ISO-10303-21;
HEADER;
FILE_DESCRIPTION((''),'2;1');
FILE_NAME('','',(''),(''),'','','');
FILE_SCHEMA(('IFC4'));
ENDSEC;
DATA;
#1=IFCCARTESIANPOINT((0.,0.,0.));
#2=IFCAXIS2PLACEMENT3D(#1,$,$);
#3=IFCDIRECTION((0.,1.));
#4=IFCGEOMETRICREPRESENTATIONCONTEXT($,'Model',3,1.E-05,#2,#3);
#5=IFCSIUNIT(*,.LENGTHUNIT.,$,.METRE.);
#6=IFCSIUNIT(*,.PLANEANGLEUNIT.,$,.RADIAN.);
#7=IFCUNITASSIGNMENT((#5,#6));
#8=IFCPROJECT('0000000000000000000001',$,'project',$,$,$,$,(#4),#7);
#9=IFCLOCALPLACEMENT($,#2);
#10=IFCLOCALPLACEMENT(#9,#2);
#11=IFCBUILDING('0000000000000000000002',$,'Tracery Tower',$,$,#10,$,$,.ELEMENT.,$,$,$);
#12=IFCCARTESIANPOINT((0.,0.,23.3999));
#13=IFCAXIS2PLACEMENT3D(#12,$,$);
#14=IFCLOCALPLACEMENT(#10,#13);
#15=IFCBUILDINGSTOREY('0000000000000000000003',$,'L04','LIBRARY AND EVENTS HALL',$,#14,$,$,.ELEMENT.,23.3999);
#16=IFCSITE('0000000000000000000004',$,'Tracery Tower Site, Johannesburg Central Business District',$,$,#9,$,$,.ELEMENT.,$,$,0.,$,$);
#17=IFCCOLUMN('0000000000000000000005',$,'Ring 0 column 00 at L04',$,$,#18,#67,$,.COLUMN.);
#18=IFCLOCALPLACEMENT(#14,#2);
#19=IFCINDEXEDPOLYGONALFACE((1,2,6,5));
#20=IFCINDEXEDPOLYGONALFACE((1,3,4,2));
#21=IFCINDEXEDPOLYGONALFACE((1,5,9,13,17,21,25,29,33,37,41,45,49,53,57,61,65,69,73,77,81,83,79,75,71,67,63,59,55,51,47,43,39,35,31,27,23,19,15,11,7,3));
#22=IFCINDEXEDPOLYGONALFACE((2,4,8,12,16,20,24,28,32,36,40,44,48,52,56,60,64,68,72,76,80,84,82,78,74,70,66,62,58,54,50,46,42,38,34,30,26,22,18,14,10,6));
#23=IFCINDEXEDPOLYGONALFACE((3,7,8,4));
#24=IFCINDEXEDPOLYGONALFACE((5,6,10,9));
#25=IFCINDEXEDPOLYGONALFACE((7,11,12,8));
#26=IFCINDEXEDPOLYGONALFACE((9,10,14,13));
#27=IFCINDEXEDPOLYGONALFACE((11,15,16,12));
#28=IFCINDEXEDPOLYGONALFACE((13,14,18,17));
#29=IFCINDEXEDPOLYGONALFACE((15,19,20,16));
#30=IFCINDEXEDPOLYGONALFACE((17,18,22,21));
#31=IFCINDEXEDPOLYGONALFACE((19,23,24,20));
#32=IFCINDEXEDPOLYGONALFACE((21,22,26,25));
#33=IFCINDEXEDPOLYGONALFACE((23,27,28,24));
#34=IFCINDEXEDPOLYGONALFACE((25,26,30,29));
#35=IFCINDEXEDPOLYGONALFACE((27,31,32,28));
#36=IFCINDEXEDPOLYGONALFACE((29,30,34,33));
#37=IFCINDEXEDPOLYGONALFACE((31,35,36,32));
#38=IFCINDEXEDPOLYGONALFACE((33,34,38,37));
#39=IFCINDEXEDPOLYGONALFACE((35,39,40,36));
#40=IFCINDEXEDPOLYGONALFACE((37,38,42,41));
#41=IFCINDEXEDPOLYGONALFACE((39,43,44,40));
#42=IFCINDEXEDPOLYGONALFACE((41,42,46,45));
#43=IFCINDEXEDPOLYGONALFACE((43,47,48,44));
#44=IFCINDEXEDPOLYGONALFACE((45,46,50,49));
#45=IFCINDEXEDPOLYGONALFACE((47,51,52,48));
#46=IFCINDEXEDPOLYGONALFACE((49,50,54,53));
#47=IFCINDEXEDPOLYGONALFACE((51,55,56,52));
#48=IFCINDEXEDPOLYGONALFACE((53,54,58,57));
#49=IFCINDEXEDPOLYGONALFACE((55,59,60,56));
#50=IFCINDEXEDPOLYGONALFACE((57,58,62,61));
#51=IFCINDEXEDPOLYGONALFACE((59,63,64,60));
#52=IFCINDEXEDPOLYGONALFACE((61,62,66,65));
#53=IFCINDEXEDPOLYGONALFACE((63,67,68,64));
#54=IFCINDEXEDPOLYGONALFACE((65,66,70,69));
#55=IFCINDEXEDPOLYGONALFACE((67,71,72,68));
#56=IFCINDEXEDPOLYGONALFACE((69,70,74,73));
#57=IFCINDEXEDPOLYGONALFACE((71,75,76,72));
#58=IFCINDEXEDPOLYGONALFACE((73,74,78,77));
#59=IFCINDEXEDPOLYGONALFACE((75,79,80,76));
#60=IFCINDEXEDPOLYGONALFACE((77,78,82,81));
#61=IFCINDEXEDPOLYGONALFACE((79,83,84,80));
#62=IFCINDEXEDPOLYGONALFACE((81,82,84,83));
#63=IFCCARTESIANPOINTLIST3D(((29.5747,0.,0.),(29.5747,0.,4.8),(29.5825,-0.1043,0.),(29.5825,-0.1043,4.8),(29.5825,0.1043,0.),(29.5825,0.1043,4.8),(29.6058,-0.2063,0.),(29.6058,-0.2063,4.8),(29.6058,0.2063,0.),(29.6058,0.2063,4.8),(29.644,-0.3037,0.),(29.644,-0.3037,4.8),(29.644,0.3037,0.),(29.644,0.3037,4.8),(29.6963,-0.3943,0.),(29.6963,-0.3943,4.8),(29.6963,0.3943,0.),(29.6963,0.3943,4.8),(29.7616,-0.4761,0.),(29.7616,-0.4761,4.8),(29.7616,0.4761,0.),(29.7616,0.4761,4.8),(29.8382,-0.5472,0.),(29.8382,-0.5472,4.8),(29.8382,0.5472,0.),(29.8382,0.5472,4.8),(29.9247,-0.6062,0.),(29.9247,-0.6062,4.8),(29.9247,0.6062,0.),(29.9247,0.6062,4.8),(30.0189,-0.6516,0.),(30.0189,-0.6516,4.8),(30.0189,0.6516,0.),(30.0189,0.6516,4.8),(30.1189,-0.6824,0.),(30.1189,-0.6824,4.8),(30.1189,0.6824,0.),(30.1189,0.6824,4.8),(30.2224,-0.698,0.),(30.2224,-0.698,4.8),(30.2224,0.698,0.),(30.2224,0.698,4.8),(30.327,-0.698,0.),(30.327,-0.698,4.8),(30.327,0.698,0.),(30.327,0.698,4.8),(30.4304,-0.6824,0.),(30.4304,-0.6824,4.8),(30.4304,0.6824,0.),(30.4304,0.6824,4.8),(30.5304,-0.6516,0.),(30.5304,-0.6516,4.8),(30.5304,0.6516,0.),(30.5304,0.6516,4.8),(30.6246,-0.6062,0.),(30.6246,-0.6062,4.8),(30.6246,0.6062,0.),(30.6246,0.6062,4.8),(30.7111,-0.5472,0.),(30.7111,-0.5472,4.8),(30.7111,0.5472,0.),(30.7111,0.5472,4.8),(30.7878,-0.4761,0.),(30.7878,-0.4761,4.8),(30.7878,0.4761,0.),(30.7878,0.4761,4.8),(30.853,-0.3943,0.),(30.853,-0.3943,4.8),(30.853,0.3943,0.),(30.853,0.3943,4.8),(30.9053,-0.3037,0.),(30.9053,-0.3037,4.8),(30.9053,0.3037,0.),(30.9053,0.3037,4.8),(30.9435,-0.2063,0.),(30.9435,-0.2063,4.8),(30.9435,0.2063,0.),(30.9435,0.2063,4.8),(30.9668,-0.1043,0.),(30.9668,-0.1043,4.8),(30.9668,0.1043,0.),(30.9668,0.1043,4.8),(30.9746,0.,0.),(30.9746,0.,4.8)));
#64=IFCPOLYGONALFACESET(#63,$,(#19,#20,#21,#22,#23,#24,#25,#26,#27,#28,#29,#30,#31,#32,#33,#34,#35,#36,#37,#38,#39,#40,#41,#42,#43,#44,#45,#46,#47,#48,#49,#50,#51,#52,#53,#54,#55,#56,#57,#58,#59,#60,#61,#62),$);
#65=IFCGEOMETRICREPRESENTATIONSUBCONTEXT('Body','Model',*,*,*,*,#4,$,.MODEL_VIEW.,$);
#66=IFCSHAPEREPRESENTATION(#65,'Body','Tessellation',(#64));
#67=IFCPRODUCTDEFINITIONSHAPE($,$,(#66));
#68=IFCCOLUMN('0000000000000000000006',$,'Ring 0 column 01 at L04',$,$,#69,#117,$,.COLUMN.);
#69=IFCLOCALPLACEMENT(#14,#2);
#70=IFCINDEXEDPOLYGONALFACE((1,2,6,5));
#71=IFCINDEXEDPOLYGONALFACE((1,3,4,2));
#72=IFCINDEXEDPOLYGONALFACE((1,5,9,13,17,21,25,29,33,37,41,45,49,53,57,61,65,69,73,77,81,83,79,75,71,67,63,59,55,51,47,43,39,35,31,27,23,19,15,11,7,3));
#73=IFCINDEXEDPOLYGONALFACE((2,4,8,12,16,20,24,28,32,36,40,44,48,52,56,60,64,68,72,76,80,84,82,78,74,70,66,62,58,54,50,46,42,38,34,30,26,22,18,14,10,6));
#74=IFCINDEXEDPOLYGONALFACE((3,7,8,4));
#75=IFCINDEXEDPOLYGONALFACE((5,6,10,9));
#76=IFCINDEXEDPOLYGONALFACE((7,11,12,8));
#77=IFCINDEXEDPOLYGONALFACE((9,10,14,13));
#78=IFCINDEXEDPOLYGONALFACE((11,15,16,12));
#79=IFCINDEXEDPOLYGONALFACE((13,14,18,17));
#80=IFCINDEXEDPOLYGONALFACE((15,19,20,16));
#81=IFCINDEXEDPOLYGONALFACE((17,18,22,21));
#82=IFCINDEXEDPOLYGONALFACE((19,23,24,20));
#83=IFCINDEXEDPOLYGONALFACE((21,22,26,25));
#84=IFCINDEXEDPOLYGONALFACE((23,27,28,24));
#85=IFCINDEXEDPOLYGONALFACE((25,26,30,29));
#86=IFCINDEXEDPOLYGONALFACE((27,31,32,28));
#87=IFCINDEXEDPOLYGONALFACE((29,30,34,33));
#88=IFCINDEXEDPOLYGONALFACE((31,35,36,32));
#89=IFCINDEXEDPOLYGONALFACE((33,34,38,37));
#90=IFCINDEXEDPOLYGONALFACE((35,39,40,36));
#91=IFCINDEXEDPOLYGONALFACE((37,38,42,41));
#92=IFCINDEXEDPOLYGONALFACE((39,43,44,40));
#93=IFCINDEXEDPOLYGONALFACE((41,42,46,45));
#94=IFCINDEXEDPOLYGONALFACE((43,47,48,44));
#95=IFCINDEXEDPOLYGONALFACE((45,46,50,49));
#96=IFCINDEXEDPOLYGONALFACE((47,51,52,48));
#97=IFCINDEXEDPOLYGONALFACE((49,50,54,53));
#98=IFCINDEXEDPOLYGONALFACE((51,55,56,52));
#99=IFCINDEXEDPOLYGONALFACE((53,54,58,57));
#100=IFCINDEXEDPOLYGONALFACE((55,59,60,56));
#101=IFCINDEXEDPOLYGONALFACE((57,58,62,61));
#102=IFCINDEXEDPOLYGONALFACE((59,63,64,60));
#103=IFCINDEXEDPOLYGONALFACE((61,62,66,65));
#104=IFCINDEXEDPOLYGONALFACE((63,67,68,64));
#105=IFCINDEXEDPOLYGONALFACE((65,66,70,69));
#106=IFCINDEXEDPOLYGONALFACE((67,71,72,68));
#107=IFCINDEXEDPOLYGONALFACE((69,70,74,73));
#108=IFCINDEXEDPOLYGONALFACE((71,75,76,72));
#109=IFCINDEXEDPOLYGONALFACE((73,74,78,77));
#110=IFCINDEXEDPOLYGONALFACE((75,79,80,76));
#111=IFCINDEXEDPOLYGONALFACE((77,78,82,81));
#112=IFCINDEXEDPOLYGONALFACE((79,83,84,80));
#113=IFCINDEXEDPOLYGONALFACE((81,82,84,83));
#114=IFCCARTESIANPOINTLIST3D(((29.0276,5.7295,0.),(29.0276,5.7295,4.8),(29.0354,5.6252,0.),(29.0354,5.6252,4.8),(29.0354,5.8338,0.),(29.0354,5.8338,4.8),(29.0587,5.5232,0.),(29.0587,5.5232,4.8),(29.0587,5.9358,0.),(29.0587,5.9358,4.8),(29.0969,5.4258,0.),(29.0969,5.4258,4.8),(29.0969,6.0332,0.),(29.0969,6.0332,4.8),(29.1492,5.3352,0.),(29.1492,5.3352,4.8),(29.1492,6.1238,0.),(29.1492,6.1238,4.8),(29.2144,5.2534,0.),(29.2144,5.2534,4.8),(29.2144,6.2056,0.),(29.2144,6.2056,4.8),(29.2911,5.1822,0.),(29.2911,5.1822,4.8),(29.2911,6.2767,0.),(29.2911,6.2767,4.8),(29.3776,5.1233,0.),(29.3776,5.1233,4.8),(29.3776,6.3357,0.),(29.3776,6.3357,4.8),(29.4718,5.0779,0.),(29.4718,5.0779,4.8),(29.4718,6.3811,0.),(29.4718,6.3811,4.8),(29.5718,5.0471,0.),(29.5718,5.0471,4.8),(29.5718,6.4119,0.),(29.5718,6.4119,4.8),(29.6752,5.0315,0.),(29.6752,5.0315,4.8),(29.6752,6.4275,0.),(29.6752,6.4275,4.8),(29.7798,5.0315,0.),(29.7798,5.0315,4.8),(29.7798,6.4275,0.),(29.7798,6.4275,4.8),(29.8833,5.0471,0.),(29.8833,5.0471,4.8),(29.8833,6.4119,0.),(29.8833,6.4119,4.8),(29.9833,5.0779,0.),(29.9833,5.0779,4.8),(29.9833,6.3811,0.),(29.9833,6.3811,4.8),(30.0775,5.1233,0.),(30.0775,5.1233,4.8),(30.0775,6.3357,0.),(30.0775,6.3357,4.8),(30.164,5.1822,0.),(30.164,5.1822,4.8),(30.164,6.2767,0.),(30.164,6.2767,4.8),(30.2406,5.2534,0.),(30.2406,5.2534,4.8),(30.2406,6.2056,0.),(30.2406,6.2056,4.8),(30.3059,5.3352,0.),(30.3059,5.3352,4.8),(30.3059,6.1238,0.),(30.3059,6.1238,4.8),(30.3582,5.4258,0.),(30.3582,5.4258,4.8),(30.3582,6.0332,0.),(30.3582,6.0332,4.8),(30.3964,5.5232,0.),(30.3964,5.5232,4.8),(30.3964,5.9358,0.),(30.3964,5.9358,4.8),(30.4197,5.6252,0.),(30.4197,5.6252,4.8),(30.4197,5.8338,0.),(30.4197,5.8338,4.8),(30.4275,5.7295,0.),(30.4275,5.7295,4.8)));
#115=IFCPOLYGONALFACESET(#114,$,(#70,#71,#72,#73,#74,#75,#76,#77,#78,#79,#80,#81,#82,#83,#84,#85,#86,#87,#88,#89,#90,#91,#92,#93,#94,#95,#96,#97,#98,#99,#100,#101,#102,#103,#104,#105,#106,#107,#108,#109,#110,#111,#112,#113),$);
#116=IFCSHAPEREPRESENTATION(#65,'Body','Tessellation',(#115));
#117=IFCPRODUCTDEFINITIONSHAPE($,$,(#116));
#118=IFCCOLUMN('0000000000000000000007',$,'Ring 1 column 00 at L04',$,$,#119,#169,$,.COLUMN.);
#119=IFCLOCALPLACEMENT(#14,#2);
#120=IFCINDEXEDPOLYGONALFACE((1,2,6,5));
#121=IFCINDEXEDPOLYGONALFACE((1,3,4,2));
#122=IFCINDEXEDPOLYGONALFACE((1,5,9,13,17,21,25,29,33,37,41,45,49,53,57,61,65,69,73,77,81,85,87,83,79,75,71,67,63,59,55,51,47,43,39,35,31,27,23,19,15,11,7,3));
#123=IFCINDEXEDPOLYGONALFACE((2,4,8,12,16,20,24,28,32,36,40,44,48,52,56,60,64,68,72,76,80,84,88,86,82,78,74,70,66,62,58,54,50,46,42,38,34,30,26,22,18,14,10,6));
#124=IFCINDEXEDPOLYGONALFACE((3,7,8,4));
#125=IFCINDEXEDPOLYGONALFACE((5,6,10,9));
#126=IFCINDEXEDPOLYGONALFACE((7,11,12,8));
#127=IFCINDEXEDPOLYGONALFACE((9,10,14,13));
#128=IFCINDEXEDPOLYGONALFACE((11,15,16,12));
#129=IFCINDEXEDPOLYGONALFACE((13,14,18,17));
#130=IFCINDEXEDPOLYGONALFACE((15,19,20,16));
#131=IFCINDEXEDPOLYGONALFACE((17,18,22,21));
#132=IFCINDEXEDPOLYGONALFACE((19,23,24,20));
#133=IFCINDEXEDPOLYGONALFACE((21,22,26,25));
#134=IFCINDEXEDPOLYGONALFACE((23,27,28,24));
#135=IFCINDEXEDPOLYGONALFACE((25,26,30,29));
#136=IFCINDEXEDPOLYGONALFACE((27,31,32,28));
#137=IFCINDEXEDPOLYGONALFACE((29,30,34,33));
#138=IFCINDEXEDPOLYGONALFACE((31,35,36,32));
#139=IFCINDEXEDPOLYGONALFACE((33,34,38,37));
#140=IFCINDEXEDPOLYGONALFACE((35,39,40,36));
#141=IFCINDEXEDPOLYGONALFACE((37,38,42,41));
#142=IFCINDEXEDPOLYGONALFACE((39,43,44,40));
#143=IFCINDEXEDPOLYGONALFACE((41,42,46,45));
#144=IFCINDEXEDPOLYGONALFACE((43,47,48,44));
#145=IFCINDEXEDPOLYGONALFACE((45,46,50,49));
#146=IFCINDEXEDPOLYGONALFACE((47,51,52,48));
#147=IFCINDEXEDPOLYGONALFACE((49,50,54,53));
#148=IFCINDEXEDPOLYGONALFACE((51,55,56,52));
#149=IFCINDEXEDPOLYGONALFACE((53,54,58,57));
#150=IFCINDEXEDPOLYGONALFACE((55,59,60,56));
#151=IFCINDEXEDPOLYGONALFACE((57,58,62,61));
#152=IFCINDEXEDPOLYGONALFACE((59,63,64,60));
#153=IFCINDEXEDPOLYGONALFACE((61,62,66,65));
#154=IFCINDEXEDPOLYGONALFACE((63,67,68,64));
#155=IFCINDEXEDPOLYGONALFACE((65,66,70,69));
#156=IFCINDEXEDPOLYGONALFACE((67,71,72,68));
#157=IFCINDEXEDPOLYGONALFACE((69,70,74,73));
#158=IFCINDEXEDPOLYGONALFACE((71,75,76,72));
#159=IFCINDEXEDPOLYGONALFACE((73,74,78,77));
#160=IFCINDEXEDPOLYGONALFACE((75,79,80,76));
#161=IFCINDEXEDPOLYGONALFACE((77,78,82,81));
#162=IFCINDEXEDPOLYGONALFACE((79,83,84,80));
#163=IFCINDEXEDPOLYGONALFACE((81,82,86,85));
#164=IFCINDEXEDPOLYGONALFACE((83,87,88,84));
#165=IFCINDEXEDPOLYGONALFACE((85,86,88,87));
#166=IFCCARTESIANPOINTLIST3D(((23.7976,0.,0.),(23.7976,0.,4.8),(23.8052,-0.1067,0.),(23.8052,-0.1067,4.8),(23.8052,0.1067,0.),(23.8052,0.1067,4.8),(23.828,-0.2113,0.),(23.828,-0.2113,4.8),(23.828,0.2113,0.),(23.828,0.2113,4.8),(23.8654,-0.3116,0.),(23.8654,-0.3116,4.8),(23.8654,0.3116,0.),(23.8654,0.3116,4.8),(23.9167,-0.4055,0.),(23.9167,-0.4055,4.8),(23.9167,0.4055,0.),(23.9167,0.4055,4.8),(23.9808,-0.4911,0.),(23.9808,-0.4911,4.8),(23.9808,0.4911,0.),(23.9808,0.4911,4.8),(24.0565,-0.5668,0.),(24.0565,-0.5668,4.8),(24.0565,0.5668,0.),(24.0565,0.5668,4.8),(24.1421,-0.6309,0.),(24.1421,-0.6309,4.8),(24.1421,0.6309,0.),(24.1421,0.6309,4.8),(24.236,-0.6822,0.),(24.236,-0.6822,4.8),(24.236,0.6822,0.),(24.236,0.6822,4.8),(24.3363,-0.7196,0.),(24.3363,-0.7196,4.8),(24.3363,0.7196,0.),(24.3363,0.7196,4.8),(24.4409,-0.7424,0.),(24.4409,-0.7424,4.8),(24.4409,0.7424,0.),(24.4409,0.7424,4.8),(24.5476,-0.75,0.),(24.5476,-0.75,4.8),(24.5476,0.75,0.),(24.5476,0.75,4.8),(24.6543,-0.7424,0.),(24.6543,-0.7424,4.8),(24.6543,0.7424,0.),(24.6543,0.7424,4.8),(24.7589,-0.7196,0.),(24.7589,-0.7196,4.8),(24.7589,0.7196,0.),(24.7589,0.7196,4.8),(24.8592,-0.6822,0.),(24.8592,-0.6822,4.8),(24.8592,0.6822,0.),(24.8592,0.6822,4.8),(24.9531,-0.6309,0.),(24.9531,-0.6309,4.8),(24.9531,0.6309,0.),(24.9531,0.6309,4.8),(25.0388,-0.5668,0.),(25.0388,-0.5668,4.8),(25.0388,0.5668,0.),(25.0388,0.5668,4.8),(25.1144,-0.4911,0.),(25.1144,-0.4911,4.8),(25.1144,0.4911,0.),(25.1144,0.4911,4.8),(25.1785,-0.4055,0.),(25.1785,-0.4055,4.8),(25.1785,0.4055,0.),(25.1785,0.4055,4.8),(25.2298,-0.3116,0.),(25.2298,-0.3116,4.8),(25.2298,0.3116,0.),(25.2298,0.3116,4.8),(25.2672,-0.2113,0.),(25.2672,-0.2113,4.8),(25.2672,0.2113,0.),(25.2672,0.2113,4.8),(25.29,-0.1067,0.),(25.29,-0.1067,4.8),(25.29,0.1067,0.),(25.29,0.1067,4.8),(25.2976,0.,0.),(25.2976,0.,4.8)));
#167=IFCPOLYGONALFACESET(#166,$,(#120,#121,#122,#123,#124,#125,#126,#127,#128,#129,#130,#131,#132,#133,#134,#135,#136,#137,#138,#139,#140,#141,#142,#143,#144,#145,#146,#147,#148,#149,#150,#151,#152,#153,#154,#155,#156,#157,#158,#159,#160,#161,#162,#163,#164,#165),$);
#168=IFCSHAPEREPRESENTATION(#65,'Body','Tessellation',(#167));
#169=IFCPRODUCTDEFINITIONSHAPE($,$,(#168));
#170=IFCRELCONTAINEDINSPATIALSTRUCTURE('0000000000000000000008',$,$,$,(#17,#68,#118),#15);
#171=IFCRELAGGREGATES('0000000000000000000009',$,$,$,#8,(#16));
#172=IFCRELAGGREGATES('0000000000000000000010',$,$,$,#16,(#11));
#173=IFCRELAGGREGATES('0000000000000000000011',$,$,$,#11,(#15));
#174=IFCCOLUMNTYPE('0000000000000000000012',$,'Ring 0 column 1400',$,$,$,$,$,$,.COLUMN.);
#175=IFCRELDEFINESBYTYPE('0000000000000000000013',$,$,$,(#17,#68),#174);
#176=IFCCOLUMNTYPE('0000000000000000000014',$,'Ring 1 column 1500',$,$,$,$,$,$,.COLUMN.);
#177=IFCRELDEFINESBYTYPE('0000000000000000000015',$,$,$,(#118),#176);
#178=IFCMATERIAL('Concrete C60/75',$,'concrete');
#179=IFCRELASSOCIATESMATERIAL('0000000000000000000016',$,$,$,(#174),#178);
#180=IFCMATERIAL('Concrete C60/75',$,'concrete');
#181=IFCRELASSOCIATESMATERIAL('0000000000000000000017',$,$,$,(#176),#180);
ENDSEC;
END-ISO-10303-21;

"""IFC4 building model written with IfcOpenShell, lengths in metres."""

from ifc_helpers import new_model, si_unit, direction, frame, origin, origin_2d, place, context, subcontext, project, spatial, circle, extrude, material, material_profile, profile_set, type_object, element, save


model = new_model("IFC4")

# Units and contexts
model_context = context("Model", 3, precision=1e-05, world=origin(), true_north=direction((0.0, 1.0)))
body_context = subcontext(model_context, "Body", "Model", "MODEL_VIEW")
ifc_project = project(units=[si_unit("LENGTHUNIT", "METRE"), si_unit("PLANEANGLEUNIT", "RADIAN")], contexts=[model_context])

# Site, building, storey
site_placement = place(None, origin())
site = spatial("IfcSite", under=ifc_project, at=site_placement, Name="Tracery Tower Site, Johannesburg Central Business District", CompositionType="ELEMENT", RefElevation=0.0)
building_placement = place(site_placement, origin())
building = spatial("IfcBuilding", under=site, at=building_placement, Name="Tracery Tower", CompositionType="ELEMENT")
storey_placement = place(building_placement, frame((0.0, 0.0, 23.3999)))
storey = spatial("IfcBuildingStorey", under=building, at=storey_placement, Name="L04", Description="LIBRARY AND EVENTS HALL", CompositionType="ELEMENT", Elevation=23.3999)

# Columns
ifc_material_1 = material(Name="Concrete C60/75", Category="concrete")
ifc_material_profile_1 = material_profile(ifc_material_1, circle(Radius=0.7, at=origin_2d()), Name="RC D1400")
ifc_profile_set_1 = profile_set([ifc_material_profile_1], Name="Concrete C60/75")
column_type_1 = type_object("IfcColumnType", Name="Ring 0 column 1400", PredefinedType="COLUMN", material=ifc_profile_set_1)
for number, where, z_axis, x_axis, name in (
    (1, (30.2747, 0.0, 0.0), (0.0, 0.0, 1.0), (1.0, 0.0, 0.0), "Ring 0 column 00 at L04"),
    (2, (29.7275, 5.7295, 0.0), (0.0, 0.0, 1.0), (1.0, 0.0, 0.0), "Ring 0 column 01 at L04"),
):
    element("IfcColumn", number, at=place(storey_placement, frame(where, z_axis=z_axis, x_axis=x_axis)), inside=storey, type_object=column_type_1, Name=name, PredefinedType="COLUMN", context=body_context, shape_type="SweptSolid", body=[
        extrude(circle(Radius=0.7, at=origin_2d()), origin(), (0.0, 0.0, 1.0), 4.8),
    ])
ifc_material_2 = material(Name="Concrete C60/75", Category="concrete")
ifc_material_profile_2 = material_profile(ifc_material_2, circle(Radius=0.75, at=origin_2d()), Name="RC D1500")
ifc_profile_set_2 = profile_set([ifc_material_profile_2], Name="Concrete C60/75")
column_type_2 = type_object("IfcColumnType", Name="Ring 1 column 1500", PredefinedType="COLUMN", material=ifc_profile_set_2)
for number, where, z_axis, x_axis, name in (
    (3, (24.5476, 0.0, 0.0), (0.0, 0.0, 1.0), (1.0, 0.0, 0.0), "Ring 1 column 00 at L04"),
):
    element("IfcColumn", number, at=place(storey_placement, frame(where, z_axis=z_axis, x_axis=x_axis)), inside=storey, type_object=column_type_2, Name=name, PredefinedType="COLUMN", context=body_context, shape_type="SweptSolid", body=[
        extrude(circle(Radius=0.75, at=origin_2d()), origin(), (0.0, 0.0, 1.0), 4.8),
    ])

save(model, "model.ifc")
